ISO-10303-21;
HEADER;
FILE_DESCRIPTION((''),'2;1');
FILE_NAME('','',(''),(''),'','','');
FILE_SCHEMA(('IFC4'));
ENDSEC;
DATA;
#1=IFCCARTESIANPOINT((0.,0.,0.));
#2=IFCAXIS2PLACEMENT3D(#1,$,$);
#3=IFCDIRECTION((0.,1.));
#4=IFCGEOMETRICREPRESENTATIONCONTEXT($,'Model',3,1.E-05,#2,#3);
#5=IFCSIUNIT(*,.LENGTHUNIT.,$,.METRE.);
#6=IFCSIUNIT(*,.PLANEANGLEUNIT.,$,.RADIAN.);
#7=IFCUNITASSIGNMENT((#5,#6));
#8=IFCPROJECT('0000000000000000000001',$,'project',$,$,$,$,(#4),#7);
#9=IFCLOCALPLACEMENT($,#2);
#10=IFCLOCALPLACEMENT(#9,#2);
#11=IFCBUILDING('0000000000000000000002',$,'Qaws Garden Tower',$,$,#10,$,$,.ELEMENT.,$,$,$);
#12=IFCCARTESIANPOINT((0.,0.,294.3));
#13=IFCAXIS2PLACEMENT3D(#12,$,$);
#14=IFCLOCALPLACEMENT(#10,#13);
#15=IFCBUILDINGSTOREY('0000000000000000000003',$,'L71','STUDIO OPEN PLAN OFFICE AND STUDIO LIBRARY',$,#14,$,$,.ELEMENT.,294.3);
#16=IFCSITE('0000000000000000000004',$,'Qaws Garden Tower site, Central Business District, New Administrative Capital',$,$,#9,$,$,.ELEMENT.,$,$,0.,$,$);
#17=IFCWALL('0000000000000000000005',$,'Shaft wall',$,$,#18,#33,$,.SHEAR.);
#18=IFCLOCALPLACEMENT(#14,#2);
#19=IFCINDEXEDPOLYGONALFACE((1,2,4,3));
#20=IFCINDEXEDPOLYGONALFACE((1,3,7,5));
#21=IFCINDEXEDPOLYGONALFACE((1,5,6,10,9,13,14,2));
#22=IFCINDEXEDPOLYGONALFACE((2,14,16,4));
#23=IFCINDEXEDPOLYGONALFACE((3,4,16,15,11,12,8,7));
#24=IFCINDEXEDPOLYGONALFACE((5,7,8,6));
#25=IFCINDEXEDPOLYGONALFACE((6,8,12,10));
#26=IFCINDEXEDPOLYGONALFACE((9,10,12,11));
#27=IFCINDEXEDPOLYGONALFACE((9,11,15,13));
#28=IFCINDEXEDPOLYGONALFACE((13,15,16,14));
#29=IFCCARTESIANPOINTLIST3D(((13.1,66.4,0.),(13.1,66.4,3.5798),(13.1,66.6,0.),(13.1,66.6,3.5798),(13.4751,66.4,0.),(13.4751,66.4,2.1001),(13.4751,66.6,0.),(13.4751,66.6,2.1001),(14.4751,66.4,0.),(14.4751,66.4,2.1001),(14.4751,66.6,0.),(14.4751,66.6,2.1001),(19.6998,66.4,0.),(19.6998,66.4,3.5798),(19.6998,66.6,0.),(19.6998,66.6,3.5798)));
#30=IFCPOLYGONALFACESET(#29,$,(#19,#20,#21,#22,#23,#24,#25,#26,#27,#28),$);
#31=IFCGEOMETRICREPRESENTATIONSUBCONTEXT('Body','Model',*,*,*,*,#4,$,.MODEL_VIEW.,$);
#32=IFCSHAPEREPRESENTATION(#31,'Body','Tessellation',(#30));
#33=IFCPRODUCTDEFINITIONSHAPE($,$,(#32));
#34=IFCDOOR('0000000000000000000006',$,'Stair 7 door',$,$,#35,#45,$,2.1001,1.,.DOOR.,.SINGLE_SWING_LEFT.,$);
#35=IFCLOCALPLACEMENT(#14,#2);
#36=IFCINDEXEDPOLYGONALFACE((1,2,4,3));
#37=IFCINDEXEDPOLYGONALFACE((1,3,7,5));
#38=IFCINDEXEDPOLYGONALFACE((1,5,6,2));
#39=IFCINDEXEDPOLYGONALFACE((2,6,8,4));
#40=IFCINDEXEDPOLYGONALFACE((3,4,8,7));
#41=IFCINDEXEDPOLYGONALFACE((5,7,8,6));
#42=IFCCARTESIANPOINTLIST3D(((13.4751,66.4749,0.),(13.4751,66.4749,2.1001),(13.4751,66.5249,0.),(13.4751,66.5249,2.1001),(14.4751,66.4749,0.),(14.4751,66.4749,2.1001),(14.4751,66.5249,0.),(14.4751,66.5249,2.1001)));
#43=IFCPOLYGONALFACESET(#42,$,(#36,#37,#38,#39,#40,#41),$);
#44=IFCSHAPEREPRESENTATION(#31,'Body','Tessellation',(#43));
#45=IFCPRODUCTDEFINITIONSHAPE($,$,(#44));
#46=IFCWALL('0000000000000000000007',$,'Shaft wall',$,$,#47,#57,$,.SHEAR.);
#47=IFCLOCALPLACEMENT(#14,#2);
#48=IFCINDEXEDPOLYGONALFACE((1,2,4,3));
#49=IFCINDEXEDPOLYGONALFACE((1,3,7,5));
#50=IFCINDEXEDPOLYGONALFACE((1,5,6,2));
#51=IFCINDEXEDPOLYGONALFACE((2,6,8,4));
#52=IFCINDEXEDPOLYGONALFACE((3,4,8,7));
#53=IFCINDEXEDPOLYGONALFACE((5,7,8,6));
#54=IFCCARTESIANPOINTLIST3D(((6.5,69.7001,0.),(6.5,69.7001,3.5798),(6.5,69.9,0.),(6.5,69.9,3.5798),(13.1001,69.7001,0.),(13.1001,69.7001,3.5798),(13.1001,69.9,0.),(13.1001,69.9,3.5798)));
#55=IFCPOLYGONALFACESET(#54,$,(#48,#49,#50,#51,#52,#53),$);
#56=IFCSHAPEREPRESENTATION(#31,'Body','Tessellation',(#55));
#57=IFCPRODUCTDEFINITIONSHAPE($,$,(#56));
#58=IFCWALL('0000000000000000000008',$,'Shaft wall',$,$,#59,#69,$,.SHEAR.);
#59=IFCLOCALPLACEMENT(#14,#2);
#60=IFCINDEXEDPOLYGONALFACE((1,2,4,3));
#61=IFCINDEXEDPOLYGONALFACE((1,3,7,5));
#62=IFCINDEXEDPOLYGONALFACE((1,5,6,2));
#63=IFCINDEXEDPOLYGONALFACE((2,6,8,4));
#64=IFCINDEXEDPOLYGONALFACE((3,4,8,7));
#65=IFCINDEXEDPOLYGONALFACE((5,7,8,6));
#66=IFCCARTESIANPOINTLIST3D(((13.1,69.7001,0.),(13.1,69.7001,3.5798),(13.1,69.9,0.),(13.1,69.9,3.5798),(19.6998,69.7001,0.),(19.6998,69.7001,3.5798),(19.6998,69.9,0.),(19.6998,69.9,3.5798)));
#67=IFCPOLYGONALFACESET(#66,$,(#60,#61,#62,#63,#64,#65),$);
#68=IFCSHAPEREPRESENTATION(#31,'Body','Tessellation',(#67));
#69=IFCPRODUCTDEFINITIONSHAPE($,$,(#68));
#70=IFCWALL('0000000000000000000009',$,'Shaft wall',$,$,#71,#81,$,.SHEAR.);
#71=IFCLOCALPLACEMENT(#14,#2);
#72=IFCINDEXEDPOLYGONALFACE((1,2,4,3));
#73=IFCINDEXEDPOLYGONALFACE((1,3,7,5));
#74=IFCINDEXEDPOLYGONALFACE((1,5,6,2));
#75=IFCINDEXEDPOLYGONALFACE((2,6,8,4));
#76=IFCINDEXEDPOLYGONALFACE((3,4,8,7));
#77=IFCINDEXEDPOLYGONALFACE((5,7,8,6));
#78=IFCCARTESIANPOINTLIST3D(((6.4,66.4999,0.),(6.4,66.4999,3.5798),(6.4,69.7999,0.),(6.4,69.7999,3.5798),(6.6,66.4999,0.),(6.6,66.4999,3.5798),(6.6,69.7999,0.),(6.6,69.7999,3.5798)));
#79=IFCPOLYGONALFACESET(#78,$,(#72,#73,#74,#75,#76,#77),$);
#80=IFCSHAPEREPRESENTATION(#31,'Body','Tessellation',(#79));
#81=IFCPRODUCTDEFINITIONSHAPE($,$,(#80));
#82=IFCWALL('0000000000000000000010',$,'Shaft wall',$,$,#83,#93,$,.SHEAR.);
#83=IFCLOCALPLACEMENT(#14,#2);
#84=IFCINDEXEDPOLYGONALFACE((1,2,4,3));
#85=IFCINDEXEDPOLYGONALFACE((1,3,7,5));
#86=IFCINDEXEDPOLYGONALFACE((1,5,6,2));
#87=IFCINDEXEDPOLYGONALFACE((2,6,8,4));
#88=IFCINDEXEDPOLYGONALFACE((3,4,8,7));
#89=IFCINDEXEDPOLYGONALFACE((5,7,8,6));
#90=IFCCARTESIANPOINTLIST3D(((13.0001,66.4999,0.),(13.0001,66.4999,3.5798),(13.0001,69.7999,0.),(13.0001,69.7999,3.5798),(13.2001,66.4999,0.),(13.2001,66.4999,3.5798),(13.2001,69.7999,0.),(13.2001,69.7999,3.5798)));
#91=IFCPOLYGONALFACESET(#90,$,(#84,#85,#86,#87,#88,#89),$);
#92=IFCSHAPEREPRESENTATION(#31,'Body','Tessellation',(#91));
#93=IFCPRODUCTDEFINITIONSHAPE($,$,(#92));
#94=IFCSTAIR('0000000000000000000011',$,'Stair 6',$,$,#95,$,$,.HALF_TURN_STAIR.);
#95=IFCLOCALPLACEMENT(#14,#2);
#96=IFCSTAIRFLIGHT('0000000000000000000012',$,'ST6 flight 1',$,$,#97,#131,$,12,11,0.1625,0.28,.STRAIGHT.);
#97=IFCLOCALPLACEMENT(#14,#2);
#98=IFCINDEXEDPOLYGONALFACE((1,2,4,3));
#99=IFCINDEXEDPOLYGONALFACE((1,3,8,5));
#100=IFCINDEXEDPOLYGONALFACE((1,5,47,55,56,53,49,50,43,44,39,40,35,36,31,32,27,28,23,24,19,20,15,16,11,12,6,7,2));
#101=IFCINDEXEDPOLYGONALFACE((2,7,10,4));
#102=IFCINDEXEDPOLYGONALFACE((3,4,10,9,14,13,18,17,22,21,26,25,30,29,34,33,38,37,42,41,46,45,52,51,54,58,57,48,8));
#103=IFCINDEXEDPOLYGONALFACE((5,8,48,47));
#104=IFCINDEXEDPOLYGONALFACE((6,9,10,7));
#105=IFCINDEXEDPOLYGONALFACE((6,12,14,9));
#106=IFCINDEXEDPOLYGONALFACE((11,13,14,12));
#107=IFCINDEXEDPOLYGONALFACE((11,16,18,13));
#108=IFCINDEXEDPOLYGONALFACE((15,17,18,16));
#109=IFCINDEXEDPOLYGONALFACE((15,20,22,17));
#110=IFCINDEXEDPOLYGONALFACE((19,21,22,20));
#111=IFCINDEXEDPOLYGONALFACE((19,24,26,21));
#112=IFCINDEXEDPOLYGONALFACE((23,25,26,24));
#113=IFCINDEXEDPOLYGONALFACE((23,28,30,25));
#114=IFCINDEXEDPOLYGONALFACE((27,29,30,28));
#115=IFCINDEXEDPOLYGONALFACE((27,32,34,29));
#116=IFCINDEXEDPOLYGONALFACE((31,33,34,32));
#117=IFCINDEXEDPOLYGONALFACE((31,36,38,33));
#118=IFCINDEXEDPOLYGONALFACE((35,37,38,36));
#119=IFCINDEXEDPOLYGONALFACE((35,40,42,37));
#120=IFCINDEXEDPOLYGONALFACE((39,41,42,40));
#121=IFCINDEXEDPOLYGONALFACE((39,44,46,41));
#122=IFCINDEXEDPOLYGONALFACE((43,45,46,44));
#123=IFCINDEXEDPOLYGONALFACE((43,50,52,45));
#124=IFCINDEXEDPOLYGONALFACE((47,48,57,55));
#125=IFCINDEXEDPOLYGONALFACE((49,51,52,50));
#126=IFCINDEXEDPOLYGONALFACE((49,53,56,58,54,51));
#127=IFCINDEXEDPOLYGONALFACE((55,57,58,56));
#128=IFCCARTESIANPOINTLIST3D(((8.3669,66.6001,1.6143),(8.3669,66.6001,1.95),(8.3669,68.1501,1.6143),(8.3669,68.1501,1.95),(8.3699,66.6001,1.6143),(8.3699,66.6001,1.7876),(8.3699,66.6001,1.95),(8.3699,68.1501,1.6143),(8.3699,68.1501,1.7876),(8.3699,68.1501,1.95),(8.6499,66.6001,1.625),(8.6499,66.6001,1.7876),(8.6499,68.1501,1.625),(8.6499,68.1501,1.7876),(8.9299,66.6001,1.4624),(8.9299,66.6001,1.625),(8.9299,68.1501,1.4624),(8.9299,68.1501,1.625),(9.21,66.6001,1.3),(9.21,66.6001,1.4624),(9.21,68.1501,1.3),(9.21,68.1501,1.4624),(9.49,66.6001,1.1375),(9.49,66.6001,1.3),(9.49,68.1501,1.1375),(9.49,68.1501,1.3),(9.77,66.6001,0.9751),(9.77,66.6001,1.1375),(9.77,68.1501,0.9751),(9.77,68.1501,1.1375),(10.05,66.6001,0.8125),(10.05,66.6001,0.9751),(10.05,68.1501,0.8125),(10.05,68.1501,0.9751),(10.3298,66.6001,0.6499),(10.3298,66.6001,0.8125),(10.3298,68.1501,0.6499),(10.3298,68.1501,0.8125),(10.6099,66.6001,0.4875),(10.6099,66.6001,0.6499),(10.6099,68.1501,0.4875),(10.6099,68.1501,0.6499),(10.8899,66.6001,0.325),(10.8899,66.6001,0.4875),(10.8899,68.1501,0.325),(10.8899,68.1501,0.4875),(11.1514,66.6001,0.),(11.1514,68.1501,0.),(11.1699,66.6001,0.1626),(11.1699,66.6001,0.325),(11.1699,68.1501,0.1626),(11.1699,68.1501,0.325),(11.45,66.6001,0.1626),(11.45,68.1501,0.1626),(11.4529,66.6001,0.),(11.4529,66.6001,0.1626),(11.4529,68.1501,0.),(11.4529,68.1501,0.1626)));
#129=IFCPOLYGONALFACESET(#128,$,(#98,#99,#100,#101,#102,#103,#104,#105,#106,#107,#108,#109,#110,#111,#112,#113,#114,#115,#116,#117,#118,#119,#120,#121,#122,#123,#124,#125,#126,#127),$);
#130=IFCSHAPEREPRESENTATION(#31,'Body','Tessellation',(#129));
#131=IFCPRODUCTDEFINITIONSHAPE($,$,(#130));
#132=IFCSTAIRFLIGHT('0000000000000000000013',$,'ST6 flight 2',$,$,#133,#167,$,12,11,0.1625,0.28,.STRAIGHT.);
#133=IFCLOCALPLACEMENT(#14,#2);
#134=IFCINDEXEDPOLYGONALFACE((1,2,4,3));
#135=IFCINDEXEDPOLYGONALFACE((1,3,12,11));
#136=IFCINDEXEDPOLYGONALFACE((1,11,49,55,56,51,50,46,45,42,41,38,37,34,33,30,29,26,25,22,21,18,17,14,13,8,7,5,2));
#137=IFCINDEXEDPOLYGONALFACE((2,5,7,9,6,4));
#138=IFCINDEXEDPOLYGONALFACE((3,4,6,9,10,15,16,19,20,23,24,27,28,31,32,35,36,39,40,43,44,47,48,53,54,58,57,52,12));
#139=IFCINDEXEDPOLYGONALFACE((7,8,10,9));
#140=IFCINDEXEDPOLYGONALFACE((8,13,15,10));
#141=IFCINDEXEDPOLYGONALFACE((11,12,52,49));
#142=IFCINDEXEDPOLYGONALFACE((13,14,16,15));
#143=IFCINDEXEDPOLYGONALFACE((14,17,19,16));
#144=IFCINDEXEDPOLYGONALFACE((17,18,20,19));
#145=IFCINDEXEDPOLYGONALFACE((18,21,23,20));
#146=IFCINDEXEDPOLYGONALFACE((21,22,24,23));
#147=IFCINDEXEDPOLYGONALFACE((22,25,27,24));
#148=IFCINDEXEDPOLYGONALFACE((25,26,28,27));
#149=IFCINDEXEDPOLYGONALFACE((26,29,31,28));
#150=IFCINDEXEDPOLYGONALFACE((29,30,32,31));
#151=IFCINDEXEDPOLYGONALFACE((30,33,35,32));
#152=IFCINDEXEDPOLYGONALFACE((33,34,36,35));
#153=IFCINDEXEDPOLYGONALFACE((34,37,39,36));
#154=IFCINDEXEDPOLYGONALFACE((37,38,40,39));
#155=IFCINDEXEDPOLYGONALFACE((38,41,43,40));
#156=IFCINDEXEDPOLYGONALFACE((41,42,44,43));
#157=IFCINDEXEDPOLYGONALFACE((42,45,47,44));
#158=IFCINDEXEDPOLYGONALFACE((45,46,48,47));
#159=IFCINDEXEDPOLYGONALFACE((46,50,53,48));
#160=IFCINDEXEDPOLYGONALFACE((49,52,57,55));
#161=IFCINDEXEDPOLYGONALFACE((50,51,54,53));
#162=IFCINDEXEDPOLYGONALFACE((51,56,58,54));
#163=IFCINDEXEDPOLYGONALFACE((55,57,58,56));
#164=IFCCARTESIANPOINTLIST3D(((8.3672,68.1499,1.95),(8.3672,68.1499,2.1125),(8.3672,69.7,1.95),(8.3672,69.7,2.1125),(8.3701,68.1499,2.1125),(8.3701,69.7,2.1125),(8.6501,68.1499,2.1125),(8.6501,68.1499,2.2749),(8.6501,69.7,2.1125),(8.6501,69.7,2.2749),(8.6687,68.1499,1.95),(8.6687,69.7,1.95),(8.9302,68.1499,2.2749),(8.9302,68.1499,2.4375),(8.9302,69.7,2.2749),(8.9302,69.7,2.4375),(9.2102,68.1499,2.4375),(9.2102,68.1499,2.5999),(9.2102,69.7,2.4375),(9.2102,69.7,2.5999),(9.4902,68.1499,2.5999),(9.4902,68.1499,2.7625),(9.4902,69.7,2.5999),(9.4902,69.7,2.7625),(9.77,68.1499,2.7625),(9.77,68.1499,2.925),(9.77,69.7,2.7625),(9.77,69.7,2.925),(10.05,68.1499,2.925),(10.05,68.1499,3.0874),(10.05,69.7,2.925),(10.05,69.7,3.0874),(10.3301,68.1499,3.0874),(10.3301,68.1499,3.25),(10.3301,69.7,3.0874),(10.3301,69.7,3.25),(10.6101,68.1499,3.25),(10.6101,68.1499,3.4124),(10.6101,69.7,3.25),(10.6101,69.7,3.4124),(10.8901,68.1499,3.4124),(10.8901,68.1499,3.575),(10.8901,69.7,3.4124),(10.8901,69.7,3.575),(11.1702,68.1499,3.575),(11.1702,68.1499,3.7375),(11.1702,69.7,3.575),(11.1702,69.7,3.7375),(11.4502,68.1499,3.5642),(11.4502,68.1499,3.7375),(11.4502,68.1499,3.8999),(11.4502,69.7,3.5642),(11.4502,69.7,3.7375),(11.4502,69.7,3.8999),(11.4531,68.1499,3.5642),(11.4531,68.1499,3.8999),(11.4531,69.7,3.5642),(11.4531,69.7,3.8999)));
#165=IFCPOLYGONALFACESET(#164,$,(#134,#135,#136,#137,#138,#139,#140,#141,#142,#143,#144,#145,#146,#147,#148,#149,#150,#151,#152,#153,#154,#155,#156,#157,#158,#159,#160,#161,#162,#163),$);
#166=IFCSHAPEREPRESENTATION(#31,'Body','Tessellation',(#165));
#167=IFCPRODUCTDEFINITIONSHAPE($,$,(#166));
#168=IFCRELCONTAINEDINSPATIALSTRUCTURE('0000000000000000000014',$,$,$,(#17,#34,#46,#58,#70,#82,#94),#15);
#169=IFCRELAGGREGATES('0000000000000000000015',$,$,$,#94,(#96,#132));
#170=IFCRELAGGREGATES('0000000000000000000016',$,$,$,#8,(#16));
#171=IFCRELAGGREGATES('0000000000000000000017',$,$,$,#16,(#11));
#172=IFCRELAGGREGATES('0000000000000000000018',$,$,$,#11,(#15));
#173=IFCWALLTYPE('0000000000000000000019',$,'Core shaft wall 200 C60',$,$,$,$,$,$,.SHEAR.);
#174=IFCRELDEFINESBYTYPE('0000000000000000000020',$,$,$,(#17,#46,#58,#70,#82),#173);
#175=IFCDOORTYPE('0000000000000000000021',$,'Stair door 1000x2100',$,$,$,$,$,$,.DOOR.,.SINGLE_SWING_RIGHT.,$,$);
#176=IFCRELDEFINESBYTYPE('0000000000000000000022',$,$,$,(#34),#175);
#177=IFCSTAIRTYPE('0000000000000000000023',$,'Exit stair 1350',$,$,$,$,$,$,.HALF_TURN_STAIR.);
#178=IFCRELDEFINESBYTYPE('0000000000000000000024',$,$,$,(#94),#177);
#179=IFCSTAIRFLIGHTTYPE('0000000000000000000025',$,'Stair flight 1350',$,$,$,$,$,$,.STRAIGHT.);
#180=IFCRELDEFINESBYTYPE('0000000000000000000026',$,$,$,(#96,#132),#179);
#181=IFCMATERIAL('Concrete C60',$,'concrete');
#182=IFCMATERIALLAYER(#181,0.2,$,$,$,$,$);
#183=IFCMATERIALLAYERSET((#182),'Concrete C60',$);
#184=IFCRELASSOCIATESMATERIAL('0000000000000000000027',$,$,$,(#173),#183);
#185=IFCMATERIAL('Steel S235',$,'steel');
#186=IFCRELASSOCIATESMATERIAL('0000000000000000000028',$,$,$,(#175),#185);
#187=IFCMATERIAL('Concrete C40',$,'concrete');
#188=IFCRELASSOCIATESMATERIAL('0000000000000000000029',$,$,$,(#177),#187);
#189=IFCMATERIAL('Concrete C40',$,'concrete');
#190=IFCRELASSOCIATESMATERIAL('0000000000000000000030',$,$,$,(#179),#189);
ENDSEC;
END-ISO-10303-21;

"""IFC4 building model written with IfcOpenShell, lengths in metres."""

from ifc_helpers import new_model, si_unit, direction, frame, frame_2d, origin, place, context, subcontext, project, spatial, polyline, rectangle, outline, extrude, material, layer, layer_set, type_object, element, fill, aggregate, save


model = new_model("IFC4")

# Units and contexts
model_context = context("Model", 3, precision=1e-05, world=origin(), true_north=direction((0.0, 1.0)))
body_context = subcontext(model_context, "Body", "Model", "MODEL_VIEW")
ifc_project = project(units=[si_unit("LENGTHUNIT", "METRE"), si_unit("PLANEANGLEUNIT", "RADIAN")], contexts=[model_context])

# Site, building, storey
site_placement = place(None, origin())
site = spatial("IfcSite", under=ifc_project, at=site_placement, Name="Qaws Garden Tower site, Central Business District, New Administrative Capital", CompositionType="ELEMENT", RefElevation=0.0)
building_placement = place(site_placement, origin())
building = spatial("IfcBuilding", under=site, at=building_placement, Name="Qaws Garden Tower", CompositionType="ELEMENT")
storey_placement = place(building_placement, frame((0.0, 0.0, 294.3)))
storey = spatial("IfcBuildingStorey", under=building, at=storey_placement, Name="L71", Description="STUDIO OPEN PLAN OFFICE AND STUDIO LIBRARY", CompositionType="ELEMENT", Elevation=294.3)

# Wall, opening, door
ifc_material_1 = material(Name="Concrete C60", Category="concrete")
ifc_layer_1 = layer(ifc_material_1, 0.2)
ifc_layer_set_1 = layer_set([ifc_layer_1], Name="Concrete C60")
wall_type_1 = type_object("IfcWallType", Name="Core shaft wall 200 C60", PredefinedType="SHEAR", material=ifc_layer_set_1)
ifc_material_2 = material(Name="Steel S235", Category="steel")
door_type = type_object("IfcDoorType", Name="Stair door 1000x2100", OperationType="SINGLE_SWING_RIGHT", PredefinedType="DOOR", material=ifc_material_2)
wall_1_placement = place(storey_placement, frame((13.1001, 66.5, 0.0), z_axis=(0.0, 0.0, 1.0), x_axis=(1.0, 0.0, 0.0)))
wall_1 = element("IfcWall", 1, at=wall_1_placement, inside=storey, type_object=wall_type_1, Name="Shaft wall", PredefinedType="SHEAR", context=body_context, shape_type="SweptSolid", body=[
    extrude(rectangle(XDim=6.5999, YDim=0.2, at=frame_2d((3.2998, 0.0))), origin(), (0.0, 0.0, 1.0), 3.5798),
])
opening_1_placement = place(wall_1_placement, frame((0.375, 0.0, 0.0)))
opening_1 = element("IfcOpeningElement", 2, at=opening_1_placement, cuts=wall_1, PredefinedType="OPENING", context=body_context, shape_type="SweptSolid", body=[
    extrude(rectangle(XDim=1.0, YDim=2.1001, at=frame_2d((0.5, 1.05))), frame((0.0, 0.1099, 0.0), z_axis=(0.0, -1.0, 0.0), x_axis=(1.0, 0.0, 0.0)), (0.0, 0.0, 1.0), 0.22),
])
door_1_placement = place(opening_1_placement, origin())
door_1 = element("IfcDoor", 3, at=door_1_placement, inside=storey, type_object=door_type, Name="Stair 7 door", OperationType="SINGLE_SWING_LEFT", OverallHeight=2.1001, OverallWidth=1.0, PredefinedType="DOOR", context=body_context, shape_type="SweptSolid", body=[
    extrude(rectangle(XDim=1.0, YDim=2.1001, at=frame_2d((0.5, 1.05))), frame((0.0, 0.0249, 0.0), z_axis=(0.0, -1.0, 0.0), x_axis=(1.0, 0.0, 0.0)), (0.0, 0.0, 1.0), 0.05),
])
fill(opening_1, door_1)

# Walls
wall_2_placement = place(storey_placement, frame((6.5, 69.8, 0.0), z_axis=(0.0, 0.0, 1.0), x_axis=(1.0, 0.0, 0.0)))
element("IfcWall", 4, at=wall_2_placement, inside=storey, type_object=wall_type_1, Name="Shaft wall", PredefinedType="SHEAR", context=body_context, shape_type="SweptSolid", body=[
    extrude(rectangle(XDim=6.6001, YDim=0.2, at=frame_2d((3.3, 0.0))), origin(), (0.0, 0.0, 1.0), 3.5798),
])
wall_3_placement = place(storey_placement, frame((13.1001, 69.8, 0.0), z_axis=(0.0, 0.0, 1.0), x_axis=(1.0, 0.0, 0.0)))
element("IfcWall", 5, at=wall_3_placement, inside=storey, type_object=wall_type_1, Name="Shaft wall", PredefinedType="SHEAR", context=body_context, shape_type="SweptSolid", body=[
    extrude(rectangle(XDim=6.5999, YDim=0.2, at=frame_2d((3.2998, 0.0))), origin(), (0.0, 0.0, 1.0), 3.5798),
])
for number, where, z_axis, x_axis, name in (
    (6, (6.5, 66.5, 0.0), (0.0, 0.0, 1.0), (0.0, 1.0, 0.0), "Shaft wall"),
    (7, (13.1001, 66.5, 0.0), (0.0, 0.0, 1.0), (0.0, 1.0, 0.0), "Shaft wall"),
):
    element("IfcWall", number, at=place(storey_placement, frame(where, z_axis=z_axis, x_axis=x_axis)), inside=storey, type_object=wall_type_1, Name=name, PredefinedType="SHEAR", context=body_context, shape_type="SweptSolid", body=[
        extrude(rectangle(XDim=3.3, YDim=0.2, at=frame_2d((1.6499, 0.0))), origin(), (0.0, 0.0, 1.0), 3.5798),
    ])

# Stair, stair flights
ifc_material_3 = material(Name="Concrete C40", Category="concrete")
stair_type = type_object("IfcStairType", Name="Exit stair 1350", PredefinedType="HALF_TURN_STAIR", material=ifc_material_3)
stair_placement = place(storey_placement, origin())
stair = element("IfcStair", 8, at=stair_placement, inside=storey, type_object=stair_type, Name="Stair 6", PredefinedType="HALF_TURN_STAIR")
ifc_material_4 = material(Name="Concrete C40", Category="concrete")
stair_flight_type = type_object("IfcStairFlightType", Name="Stair flight 1350", PredefinedType="STRAIGHT", material=ifc_material_4)
stair_flight_1_placement = place(storey_placement, frame((11.45, 67.375, 0.0), z_axis=(0.0, 0.0, 1.0), x_axis=(-1.0, 0.0, 0.0)))
stair_flight_1 = element("IfcStairFlight", 9, at=stair_flight_1_placement, type_object=stair_flight_type, Name="ST6 flight 1", NumberOfRisers=12, NumberOfTreads=11, PredefinedType="STRAIGHT", RiserHeight=0.1625, TreadLength=0.28, context=body_context, shape_type="SweptSolid", body=[
    extrude(outline(polyline([(-0.0029, 0.0), (-0.0029, 0.1626), (0.0, 0.1626), (0.28, 0.1626), (0.28, 0.325), (0.5601, 0.325), (0.5601, 0.4875), (0.8401, 0.4875), (0.8401, 0.6499), (1.1201, 0.6499), (1.1201, 0.8125), (1.3999, 0.8125), (1.3999, 0.9751), (1.6799, 0.9751), (1.6799, 1.1375), (1.96, 1.1375), (1.96, 1.3), (2.24, 1.3), (2.24, 1.4624), (2.52, 1.4624), (2.52, 1.625), (2.8, 1.625), (2.8, 1.7876), (3.0801, 1.7876), (3.0801, 1.95), (3.083, 1.95), (3.083, 1.6143), (3.0801, 1.6143), (0.2986, 0.0), (-0.0029, 0.0)])), frame((0.0, 0.7749, 0.0), z_axis=(0.0, -1.0, 0.0), x_axis=(1.0, 0.0, 0.0)), (0.0, 0.0, 1.0), 1.55),
])
stair_flight_2_placement = place(storey_placement, frame((8.3701, 68.925, 1.95), z_axis=(0.0, 0.0, 1.0), x_axis=(1.0, 0.0, 0.0)))
stair_flight_2 = element("IfcStairFlight", 10, at=stair_flight_2_placement, type_object=stair_flight_type, Name="ST6 flight 2", NumberOfRisers=12, NumberOfTreads=11, PredefinedType="STRAIGHT", RiserHeight=0.1625, TreadLength=0.28, context=body_context, shape_type="SweptSolid", body=[
    extrude(outline(polyline([(-0.0029, 0.0), (-0.0029, 0.1626), (0.0, 0.1626), (0.28, 0.1626), (0.28, 0.325), (0.5601, 0.325), (0.5601, 0.4875), (0.8401, 0.4875), (0.8401, 0.6499), (1.1201, 0.6499), (1.1201, 0.8125), (1.3999, 0.8125), (1.3999, 0.9751), (1.6799, 0.9751), (1.6799, 1.1375), (1.96, 1.1375), (1.96, 1.3), (2.24, 1.3), (2.24, 1.4624), (2.52, 1.4624), (2.52, 1.625), (2.8, 1.625), (2.8, 1.7876), (3.0801, 1.7876), (3.0801, 1.95), (3.083, 1.95), (3.083, 1.6143), (3.0801, 1.6143), (0.2986, 0.0), (-0.0029, 0.0)])), frame((0.0, 0.7749, 0.0), z_axis=(0.0, -1.0, 0.0), x_axis=(1.0, 0.0, 0.0)), (0.0, 0.0, 1.0), 1.55),
])
aggregate(stair, [stair_flight_1, stair_flight_2])

save(model, "model.ifc")
